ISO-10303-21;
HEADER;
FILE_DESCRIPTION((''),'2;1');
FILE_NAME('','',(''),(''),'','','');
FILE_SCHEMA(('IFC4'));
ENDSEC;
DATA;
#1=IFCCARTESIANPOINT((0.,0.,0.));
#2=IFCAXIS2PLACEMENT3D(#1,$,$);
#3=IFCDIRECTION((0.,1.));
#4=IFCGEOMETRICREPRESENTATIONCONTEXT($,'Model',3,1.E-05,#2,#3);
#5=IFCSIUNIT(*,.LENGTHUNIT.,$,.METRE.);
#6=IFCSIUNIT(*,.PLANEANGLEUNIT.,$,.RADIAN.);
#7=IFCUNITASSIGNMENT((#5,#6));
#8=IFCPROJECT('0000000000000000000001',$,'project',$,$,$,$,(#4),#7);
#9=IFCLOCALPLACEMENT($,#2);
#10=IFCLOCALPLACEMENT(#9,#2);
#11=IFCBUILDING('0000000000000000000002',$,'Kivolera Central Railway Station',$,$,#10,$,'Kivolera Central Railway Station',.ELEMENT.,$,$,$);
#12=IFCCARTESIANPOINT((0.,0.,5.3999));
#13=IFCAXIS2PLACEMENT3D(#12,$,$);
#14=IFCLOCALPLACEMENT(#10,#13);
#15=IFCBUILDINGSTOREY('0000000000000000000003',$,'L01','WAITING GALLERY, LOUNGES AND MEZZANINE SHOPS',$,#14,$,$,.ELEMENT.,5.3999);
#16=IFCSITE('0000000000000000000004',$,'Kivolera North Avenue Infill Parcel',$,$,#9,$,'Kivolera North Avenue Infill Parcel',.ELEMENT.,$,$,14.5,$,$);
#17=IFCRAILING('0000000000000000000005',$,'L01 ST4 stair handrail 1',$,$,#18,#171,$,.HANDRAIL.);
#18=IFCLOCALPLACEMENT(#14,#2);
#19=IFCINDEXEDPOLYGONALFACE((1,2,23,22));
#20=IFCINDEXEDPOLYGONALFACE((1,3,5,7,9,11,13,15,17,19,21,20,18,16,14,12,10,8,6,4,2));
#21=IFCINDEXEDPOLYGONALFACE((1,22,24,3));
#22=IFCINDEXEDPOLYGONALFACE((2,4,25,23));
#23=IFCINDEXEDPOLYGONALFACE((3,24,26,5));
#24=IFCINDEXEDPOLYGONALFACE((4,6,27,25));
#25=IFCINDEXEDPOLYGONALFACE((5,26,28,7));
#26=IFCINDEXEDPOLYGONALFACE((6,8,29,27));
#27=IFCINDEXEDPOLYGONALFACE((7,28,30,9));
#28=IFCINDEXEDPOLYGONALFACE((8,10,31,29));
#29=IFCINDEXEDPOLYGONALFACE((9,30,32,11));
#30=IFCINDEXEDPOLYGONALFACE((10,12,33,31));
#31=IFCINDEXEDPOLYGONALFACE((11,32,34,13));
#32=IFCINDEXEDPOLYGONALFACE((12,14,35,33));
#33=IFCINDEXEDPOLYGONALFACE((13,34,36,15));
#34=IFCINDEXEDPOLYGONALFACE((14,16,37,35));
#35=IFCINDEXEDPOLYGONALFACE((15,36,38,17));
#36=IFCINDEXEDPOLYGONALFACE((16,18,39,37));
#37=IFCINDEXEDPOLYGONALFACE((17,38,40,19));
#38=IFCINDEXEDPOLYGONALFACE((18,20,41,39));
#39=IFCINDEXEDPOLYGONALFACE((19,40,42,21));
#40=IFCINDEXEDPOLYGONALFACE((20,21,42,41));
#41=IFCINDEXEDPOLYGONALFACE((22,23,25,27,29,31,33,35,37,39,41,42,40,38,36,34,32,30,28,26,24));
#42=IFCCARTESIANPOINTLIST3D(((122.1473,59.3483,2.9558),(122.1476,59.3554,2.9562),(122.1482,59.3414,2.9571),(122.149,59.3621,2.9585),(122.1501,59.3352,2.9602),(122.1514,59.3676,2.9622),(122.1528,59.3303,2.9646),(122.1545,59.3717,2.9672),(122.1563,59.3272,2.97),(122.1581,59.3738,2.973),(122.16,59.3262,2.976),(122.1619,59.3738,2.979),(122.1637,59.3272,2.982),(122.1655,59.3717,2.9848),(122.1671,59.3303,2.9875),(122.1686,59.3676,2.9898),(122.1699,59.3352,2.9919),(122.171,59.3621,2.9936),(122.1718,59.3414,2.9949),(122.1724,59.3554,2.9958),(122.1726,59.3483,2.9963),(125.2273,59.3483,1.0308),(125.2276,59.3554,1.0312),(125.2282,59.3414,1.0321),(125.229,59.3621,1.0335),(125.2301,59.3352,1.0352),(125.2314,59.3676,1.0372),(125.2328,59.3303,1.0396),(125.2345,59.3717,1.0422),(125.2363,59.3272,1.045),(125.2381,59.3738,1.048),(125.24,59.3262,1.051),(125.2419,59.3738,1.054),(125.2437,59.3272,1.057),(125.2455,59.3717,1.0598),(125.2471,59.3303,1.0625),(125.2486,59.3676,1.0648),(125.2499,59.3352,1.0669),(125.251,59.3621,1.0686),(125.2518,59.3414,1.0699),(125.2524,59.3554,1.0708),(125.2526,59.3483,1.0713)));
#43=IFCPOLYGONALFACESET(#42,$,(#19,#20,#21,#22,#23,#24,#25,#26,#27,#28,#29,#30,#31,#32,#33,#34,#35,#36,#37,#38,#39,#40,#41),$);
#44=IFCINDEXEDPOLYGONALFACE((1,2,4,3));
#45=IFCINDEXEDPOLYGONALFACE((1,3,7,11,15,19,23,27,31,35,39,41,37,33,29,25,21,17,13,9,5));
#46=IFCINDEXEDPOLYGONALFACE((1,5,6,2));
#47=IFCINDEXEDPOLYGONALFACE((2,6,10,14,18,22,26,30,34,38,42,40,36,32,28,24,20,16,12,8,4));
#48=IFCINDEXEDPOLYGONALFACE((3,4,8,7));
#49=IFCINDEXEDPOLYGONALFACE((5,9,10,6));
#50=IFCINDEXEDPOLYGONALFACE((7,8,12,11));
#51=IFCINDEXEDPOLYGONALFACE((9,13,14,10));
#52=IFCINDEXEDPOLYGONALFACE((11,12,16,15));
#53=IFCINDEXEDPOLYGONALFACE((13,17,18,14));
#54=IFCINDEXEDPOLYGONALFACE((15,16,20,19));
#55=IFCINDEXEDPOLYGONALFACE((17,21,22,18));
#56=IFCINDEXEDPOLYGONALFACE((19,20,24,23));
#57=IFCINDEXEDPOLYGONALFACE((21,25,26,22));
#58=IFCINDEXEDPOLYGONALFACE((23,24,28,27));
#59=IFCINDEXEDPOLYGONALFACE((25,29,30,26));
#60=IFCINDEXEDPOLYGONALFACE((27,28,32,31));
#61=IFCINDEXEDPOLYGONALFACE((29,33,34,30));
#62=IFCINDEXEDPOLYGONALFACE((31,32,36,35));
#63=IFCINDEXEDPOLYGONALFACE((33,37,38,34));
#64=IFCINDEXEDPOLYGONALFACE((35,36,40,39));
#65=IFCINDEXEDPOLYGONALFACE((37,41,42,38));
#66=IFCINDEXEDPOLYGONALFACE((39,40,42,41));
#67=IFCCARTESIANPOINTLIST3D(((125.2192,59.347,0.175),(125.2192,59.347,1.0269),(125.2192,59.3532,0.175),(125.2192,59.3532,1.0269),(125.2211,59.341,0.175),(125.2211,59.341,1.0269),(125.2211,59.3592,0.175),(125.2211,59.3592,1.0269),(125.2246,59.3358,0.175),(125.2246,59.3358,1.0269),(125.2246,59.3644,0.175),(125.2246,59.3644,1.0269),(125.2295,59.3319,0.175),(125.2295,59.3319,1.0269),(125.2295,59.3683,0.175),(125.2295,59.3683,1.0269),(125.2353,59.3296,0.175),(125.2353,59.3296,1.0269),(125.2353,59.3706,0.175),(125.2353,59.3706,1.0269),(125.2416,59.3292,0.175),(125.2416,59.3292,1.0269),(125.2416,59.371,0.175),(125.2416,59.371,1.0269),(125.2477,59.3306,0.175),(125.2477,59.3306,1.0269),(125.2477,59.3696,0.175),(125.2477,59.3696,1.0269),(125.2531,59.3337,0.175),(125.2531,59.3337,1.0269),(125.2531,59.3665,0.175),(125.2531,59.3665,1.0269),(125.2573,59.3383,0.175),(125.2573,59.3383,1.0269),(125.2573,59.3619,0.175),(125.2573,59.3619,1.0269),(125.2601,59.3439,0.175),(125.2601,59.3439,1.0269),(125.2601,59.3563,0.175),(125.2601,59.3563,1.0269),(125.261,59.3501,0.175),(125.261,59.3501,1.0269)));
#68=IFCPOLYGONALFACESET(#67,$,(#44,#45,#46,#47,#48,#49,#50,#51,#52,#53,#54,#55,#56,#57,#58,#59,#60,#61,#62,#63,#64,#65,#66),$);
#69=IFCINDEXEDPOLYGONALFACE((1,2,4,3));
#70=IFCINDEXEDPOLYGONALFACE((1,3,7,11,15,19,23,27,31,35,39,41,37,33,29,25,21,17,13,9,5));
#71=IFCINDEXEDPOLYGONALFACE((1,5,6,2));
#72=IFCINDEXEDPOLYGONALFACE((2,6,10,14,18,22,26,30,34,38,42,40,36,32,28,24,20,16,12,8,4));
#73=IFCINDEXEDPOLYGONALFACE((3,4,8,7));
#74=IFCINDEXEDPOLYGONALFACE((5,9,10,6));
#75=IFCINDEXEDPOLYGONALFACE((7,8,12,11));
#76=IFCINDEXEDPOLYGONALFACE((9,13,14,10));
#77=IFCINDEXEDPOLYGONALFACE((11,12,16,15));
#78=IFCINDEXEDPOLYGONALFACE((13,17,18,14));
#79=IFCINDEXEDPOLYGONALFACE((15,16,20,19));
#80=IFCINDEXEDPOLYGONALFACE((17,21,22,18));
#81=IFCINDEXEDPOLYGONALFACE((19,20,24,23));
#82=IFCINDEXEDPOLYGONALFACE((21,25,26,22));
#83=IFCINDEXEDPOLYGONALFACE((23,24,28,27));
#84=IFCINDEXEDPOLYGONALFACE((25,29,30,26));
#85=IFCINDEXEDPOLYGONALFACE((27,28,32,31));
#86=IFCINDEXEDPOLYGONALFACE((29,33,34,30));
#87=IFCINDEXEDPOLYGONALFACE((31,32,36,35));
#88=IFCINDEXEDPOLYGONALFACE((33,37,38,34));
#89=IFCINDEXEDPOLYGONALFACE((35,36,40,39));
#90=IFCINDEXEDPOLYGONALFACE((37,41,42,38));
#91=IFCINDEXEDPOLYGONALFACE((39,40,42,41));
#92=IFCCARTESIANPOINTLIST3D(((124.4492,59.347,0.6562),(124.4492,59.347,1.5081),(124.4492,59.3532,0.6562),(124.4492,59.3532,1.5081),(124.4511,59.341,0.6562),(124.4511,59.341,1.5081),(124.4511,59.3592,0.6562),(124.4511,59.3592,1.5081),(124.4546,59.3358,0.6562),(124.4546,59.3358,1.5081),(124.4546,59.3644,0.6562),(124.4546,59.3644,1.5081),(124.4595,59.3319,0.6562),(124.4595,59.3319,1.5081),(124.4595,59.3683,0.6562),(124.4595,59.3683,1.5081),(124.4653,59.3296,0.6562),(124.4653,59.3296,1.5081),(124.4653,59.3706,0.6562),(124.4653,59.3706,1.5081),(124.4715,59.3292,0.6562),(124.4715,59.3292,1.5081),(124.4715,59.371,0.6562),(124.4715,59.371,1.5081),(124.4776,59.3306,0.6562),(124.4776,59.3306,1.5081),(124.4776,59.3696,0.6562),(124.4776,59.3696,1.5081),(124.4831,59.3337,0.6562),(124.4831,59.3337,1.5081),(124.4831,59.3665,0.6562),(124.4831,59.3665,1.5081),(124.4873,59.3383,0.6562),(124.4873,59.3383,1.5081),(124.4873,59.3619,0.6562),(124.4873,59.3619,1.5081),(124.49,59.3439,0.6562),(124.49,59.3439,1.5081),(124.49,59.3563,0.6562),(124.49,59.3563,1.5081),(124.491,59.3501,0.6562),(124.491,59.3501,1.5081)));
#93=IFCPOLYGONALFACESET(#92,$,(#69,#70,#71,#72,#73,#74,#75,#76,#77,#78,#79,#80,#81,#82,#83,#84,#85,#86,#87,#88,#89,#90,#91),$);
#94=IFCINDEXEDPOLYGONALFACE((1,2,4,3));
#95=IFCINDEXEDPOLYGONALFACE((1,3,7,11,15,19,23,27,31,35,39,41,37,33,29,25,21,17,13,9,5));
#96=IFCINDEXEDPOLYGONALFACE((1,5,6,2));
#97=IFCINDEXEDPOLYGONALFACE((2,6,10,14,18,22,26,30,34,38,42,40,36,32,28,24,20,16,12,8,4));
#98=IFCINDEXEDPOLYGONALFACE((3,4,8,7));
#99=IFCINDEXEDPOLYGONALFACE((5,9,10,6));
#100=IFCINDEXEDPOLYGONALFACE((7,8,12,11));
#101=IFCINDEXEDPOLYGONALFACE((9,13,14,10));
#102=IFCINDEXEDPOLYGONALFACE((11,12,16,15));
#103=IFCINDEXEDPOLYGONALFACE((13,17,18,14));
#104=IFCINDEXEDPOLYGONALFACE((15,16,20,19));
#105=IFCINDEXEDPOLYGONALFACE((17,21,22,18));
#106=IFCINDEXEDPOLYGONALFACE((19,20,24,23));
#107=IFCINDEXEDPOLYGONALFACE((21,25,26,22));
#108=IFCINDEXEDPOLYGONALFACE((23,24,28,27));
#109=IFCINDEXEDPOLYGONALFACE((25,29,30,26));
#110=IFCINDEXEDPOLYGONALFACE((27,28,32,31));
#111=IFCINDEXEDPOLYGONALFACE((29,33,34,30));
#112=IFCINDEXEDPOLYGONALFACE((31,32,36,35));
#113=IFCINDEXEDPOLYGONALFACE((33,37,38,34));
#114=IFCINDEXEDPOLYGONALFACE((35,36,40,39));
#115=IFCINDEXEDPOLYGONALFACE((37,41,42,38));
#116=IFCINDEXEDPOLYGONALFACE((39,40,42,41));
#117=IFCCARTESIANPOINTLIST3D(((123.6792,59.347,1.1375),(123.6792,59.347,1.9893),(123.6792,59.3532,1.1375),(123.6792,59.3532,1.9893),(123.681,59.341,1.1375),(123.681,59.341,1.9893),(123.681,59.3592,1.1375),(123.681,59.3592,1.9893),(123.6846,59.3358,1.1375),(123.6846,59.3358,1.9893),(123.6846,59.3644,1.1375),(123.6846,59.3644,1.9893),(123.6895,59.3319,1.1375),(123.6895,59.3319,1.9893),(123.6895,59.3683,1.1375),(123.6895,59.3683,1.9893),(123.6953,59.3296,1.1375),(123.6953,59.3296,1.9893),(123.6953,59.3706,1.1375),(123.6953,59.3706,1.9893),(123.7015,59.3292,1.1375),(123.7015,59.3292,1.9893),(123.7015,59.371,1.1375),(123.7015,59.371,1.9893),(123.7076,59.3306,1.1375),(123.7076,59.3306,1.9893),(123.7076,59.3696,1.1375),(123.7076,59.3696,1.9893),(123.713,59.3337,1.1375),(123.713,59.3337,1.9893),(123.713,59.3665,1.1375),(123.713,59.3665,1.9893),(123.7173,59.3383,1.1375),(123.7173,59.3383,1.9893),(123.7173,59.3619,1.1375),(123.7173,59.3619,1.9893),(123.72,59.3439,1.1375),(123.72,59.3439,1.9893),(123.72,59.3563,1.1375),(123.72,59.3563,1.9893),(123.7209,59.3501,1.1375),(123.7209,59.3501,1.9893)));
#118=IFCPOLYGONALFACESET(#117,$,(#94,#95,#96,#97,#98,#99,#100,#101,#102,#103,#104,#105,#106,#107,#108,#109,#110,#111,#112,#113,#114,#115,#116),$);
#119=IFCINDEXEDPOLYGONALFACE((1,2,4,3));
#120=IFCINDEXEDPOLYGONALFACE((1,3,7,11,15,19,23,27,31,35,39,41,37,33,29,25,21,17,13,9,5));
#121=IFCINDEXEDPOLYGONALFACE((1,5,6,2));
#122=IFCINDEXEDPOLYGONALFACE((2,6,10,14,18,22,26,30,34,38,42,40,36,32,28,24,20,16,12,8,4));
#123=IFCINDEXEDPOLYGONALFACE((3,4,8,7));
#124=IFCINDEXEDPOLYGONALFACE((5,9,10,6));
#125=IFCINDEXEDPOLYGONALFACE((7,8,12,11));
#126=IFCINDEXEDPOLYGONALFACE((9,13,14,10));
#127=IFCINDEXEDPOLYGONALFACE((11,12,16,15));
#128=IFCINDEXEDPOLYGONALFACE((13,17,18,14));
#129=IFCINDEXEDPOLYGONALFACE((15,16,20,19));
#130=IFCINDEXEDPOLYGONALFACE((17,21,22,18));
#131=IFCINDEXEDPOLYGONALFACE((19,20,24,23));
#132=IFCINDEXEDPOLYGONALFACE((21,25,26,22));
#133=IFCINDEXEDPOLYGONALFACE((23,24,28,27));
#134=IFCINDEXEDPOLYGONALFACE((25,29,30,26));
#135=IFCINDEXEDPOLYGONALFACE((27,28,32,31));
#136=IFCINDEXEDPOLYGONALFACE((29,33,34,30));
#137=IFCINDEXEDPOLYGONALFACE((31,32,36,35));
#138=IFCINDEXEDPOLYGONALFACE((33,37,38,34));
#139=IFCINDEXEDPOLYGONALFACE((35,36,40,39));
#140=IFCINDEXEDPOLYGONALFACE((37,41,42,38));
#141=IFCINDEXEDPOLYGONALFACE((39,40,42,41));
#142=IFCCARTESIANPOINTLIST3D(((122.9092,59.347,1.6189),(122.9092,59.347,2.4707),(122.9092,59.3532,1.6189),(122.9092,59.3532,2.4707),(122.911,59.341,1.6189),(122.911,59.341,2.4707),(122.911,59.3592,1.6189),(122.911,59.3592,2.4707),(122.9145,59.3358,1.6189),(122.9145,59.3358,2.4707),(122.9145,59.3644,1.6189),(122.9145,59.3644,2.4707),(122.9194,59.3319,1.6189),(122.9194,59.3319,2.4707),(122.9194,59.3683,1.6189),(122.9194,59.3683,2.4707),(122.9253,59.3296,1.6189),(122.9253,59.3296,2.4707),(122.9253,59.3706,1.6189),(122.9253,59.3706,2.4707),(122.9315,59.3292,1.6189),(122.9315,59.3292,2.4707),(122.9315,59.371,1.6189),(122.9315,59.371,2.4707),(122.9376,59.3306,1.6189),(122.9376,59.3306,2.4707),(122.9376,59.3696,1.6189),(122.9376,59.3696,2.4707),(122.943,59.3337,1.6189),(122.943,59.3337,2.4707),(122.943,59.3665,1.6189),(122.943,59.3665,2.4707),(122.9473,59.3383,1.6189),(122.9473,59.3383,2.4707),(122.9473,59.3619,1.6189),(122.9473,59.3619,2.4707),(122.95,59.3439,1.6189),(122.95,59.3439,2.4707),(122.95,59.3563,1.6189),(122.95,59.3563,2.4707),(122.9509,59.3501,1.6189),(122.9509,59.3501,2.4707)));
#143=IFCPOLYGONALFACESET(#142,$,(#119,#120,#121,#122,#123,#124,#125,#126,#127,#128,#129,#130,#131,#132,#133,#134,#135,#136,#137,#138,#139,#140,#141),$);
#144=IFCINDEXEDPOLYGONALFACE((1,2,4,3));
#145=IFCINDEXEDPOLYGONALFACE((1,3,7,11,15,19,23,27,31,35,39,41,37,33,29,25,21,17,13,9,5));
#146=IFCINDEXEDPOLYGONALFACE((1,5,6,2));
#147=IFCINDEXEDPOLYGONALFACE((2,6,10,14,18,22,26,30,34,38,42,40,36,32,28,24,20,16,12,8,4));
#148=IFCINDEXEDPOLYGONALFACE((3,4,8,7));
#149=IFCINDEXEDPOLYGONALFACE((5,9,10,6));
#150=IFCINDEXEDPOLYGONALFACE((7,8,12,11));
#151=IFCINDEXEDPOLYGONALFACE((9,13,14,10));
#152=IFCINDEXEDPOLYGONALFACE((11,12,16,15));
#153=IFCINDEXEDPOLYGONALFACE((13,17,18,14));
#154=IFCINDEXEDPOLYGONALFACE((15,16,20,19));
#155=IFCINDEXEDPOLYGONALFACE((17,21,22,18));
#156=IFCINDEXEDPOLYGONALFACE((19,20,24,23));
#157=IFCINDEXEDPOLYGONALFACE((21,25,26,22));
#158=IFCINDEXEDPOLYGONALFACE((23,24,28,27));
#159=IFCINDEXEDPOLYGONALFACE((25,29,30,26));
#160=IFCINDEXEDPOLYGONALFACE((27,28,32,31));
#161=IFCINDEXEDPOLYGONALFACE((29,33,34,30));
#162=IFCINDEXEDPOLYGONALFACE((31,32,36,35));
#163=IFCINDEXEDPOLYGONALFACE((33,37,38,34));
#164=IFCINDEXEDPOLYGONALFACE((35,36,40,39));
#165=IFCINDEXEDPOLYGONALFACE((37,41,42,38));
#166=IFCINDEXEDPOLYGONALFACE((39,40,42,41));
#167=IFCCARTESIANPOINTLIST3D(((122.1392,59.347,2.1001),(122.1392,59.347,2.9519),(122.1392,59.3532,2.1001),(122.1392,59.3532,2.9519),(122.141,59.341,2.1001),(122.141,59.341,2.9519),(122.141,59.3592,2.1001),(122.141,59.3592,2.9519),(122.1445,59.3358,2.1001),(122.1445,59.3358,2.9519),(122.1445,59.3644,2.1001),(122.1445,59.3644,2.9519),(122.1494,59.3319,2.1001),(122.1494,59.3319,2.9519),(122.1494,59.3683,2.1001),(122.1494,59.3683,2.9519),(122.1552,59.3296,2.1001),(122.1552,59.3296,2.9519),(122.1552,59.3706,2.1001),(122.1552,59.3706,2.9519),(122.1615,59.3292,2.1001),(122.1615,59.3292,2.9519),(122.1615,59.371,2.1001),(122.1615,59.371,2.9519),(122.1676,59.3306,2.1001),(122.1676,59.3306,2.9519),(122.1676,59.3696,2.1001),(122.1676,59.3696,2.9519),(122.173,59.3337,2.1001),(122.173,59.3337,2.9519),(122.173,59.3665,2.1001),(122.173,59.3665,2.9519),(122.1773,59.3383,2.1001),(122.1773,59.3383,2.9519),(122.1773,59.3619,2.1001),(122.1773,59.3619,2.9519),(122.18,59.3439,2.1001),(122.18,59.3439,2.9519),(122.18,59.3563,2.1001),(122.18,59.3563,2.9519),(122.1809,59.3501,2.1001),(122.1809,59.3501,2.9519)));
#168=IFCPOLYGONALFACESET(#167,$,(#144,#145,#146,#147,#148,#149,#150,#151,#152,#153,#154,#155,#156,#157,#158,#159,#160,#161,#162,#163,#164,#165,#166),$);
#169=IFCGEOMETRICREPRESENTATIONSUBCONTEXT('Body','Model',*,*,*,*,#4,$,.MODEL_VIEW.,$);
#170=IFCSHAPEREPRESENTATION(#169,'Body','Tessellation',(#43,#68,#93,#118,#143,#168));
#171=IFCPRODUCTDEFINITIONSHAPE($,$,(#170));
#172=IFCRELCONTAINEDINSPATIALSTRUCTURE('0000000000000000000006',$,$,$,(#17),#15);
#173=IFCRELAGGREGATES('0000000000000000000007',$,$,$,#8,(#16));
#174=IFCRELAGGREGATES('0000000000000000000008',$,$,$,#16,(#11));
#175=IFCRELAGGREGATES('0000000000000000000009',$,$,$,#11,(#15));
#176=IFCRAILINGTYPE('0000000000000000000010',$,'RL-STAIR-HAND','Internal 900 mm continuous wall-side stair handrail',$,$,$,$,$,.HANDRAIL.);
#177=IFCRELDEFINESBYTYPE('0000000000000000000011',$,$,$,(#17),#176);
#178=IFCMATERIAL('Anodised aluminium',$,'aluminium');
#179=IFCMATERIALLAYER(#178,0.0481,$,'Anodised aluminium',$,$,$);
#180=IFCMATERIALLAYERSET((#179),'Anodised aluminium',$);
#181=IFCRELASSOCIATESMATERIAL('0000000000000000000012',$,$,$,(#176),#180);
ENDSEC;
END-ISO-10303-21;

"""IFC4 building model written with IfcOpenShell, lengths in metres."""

from ifc_helpers import new_model, si_unit, direction, frame, origin, origin_2d, place, context, subcontext, project, spatial, circle, extrude, material, layer, layer_set, type_object, element, save


model = new_model("IFC4")

# Units and contexts
model_context = context("Model", 3, precision=1e-05, world=origin(), true_north=direction((0.0, 1.0)))
body_context = subcontext(model_context, "Body", "Model", "MODEL_VIEW")
ifc_project = project(units=[si_unit("LENGTHUNIT", "METRE"), si_unit("PLANEANGLEUNIT", "RADIAN")], contexts=[model_context])

# Site, building, storey
site_placement = place(None, origin())
site = spatial("IfcSite", under=ifc_project, at=site_placement, Name="Kivolera North Avenue Infill Parcel", LongName="Kivolera North Avenue Infill Parcel", CompositionType="ELEMENT", RefElevation=14.5)
building_placement = place(site_placement, origin())
building = spatial("IfcBuilding", under=site, at=building_placement, Name="Kivolera Central Railway Station", LongName="Kivolera Central Railway Station", CompositionType="ELEMENT")
storey_placement = place(building_placement, frame((0.0, 0.0, 5.3999)))
storey = spatial("IfcBuildingStorey", under=building, at=storey_placement, Name="L01", Description="WAITING GALLERY, LOUNGES AND MEZZANINE SHOPS", CompositionType="ELEMENT", Elevation=5.3999)

# Railing
ifc_material_1 = material(Name="Anodised aluminium", Category="aluminium")
ifc_layer_1 = layer(ifc_material_1, 0.0481, Name="Anodised aluminium")
ifc_layer_set_1 = layer_set([ifc_layer_1], Name="Anodised aluminium")
railing_type_1 = type_object("IfcRailingType", Name="RL-STAIR-HAND", Description="Internal 900 mm continuous wall-side stair handrail", PredefinedType="HANDRAIL", material=ifc_layer_set_1)
railing_1_placement = place(storey_placement, frame((125.24, 59.3501, 0.175)))
element("IfcRailing", 1, at=railing_1_placement, inside=storey, type_object=railing_type_1, Name="L01 ST4 stair handrail 1", PredefinedType="HANDRAIL", context=body_context, shape_type="SweptSolid", body=[
    extrude(circle(Radius=0.0239, at=origin_2d()), frame((0.0, 0.0, 0.876), z_axis=(-0.847998, 0.0, 0.529999), x_axis=(0.0, -1.0, 0.0)), (0.0, 0.0, 1.0), 3.6321),
    extrude(circle(Radius=0.021, at=origin_2d()), origin(), (0.0, 0.0, 1.0), 0.8518),
    extrude(circle(Radius=0.021, at=origin_2d()), frame((-0.77, 0.0, 0.4812)), (0.0, 0.0, 1.0), 0.8518),
    extrude(circle(Radius=0.021, at=origin_2d()), frame((-1.54, 0.0, 0.9624)), (0.0, 0.0, 1.0), 0.8518),
    extrude(circle(Radius=0.021, at=origin_2d()), frame((-2.3101, 0.0, 1.4438)), (0.0, 0.0, 1.0), 0.8518),
    extrude(circle(Radius=0.021, at=origin_2d()), frame((-3.0801, 0.0, 1.925)), (0.0, 0.0, 1.0), 0.8518),
])

save(model, "model.ifc")
